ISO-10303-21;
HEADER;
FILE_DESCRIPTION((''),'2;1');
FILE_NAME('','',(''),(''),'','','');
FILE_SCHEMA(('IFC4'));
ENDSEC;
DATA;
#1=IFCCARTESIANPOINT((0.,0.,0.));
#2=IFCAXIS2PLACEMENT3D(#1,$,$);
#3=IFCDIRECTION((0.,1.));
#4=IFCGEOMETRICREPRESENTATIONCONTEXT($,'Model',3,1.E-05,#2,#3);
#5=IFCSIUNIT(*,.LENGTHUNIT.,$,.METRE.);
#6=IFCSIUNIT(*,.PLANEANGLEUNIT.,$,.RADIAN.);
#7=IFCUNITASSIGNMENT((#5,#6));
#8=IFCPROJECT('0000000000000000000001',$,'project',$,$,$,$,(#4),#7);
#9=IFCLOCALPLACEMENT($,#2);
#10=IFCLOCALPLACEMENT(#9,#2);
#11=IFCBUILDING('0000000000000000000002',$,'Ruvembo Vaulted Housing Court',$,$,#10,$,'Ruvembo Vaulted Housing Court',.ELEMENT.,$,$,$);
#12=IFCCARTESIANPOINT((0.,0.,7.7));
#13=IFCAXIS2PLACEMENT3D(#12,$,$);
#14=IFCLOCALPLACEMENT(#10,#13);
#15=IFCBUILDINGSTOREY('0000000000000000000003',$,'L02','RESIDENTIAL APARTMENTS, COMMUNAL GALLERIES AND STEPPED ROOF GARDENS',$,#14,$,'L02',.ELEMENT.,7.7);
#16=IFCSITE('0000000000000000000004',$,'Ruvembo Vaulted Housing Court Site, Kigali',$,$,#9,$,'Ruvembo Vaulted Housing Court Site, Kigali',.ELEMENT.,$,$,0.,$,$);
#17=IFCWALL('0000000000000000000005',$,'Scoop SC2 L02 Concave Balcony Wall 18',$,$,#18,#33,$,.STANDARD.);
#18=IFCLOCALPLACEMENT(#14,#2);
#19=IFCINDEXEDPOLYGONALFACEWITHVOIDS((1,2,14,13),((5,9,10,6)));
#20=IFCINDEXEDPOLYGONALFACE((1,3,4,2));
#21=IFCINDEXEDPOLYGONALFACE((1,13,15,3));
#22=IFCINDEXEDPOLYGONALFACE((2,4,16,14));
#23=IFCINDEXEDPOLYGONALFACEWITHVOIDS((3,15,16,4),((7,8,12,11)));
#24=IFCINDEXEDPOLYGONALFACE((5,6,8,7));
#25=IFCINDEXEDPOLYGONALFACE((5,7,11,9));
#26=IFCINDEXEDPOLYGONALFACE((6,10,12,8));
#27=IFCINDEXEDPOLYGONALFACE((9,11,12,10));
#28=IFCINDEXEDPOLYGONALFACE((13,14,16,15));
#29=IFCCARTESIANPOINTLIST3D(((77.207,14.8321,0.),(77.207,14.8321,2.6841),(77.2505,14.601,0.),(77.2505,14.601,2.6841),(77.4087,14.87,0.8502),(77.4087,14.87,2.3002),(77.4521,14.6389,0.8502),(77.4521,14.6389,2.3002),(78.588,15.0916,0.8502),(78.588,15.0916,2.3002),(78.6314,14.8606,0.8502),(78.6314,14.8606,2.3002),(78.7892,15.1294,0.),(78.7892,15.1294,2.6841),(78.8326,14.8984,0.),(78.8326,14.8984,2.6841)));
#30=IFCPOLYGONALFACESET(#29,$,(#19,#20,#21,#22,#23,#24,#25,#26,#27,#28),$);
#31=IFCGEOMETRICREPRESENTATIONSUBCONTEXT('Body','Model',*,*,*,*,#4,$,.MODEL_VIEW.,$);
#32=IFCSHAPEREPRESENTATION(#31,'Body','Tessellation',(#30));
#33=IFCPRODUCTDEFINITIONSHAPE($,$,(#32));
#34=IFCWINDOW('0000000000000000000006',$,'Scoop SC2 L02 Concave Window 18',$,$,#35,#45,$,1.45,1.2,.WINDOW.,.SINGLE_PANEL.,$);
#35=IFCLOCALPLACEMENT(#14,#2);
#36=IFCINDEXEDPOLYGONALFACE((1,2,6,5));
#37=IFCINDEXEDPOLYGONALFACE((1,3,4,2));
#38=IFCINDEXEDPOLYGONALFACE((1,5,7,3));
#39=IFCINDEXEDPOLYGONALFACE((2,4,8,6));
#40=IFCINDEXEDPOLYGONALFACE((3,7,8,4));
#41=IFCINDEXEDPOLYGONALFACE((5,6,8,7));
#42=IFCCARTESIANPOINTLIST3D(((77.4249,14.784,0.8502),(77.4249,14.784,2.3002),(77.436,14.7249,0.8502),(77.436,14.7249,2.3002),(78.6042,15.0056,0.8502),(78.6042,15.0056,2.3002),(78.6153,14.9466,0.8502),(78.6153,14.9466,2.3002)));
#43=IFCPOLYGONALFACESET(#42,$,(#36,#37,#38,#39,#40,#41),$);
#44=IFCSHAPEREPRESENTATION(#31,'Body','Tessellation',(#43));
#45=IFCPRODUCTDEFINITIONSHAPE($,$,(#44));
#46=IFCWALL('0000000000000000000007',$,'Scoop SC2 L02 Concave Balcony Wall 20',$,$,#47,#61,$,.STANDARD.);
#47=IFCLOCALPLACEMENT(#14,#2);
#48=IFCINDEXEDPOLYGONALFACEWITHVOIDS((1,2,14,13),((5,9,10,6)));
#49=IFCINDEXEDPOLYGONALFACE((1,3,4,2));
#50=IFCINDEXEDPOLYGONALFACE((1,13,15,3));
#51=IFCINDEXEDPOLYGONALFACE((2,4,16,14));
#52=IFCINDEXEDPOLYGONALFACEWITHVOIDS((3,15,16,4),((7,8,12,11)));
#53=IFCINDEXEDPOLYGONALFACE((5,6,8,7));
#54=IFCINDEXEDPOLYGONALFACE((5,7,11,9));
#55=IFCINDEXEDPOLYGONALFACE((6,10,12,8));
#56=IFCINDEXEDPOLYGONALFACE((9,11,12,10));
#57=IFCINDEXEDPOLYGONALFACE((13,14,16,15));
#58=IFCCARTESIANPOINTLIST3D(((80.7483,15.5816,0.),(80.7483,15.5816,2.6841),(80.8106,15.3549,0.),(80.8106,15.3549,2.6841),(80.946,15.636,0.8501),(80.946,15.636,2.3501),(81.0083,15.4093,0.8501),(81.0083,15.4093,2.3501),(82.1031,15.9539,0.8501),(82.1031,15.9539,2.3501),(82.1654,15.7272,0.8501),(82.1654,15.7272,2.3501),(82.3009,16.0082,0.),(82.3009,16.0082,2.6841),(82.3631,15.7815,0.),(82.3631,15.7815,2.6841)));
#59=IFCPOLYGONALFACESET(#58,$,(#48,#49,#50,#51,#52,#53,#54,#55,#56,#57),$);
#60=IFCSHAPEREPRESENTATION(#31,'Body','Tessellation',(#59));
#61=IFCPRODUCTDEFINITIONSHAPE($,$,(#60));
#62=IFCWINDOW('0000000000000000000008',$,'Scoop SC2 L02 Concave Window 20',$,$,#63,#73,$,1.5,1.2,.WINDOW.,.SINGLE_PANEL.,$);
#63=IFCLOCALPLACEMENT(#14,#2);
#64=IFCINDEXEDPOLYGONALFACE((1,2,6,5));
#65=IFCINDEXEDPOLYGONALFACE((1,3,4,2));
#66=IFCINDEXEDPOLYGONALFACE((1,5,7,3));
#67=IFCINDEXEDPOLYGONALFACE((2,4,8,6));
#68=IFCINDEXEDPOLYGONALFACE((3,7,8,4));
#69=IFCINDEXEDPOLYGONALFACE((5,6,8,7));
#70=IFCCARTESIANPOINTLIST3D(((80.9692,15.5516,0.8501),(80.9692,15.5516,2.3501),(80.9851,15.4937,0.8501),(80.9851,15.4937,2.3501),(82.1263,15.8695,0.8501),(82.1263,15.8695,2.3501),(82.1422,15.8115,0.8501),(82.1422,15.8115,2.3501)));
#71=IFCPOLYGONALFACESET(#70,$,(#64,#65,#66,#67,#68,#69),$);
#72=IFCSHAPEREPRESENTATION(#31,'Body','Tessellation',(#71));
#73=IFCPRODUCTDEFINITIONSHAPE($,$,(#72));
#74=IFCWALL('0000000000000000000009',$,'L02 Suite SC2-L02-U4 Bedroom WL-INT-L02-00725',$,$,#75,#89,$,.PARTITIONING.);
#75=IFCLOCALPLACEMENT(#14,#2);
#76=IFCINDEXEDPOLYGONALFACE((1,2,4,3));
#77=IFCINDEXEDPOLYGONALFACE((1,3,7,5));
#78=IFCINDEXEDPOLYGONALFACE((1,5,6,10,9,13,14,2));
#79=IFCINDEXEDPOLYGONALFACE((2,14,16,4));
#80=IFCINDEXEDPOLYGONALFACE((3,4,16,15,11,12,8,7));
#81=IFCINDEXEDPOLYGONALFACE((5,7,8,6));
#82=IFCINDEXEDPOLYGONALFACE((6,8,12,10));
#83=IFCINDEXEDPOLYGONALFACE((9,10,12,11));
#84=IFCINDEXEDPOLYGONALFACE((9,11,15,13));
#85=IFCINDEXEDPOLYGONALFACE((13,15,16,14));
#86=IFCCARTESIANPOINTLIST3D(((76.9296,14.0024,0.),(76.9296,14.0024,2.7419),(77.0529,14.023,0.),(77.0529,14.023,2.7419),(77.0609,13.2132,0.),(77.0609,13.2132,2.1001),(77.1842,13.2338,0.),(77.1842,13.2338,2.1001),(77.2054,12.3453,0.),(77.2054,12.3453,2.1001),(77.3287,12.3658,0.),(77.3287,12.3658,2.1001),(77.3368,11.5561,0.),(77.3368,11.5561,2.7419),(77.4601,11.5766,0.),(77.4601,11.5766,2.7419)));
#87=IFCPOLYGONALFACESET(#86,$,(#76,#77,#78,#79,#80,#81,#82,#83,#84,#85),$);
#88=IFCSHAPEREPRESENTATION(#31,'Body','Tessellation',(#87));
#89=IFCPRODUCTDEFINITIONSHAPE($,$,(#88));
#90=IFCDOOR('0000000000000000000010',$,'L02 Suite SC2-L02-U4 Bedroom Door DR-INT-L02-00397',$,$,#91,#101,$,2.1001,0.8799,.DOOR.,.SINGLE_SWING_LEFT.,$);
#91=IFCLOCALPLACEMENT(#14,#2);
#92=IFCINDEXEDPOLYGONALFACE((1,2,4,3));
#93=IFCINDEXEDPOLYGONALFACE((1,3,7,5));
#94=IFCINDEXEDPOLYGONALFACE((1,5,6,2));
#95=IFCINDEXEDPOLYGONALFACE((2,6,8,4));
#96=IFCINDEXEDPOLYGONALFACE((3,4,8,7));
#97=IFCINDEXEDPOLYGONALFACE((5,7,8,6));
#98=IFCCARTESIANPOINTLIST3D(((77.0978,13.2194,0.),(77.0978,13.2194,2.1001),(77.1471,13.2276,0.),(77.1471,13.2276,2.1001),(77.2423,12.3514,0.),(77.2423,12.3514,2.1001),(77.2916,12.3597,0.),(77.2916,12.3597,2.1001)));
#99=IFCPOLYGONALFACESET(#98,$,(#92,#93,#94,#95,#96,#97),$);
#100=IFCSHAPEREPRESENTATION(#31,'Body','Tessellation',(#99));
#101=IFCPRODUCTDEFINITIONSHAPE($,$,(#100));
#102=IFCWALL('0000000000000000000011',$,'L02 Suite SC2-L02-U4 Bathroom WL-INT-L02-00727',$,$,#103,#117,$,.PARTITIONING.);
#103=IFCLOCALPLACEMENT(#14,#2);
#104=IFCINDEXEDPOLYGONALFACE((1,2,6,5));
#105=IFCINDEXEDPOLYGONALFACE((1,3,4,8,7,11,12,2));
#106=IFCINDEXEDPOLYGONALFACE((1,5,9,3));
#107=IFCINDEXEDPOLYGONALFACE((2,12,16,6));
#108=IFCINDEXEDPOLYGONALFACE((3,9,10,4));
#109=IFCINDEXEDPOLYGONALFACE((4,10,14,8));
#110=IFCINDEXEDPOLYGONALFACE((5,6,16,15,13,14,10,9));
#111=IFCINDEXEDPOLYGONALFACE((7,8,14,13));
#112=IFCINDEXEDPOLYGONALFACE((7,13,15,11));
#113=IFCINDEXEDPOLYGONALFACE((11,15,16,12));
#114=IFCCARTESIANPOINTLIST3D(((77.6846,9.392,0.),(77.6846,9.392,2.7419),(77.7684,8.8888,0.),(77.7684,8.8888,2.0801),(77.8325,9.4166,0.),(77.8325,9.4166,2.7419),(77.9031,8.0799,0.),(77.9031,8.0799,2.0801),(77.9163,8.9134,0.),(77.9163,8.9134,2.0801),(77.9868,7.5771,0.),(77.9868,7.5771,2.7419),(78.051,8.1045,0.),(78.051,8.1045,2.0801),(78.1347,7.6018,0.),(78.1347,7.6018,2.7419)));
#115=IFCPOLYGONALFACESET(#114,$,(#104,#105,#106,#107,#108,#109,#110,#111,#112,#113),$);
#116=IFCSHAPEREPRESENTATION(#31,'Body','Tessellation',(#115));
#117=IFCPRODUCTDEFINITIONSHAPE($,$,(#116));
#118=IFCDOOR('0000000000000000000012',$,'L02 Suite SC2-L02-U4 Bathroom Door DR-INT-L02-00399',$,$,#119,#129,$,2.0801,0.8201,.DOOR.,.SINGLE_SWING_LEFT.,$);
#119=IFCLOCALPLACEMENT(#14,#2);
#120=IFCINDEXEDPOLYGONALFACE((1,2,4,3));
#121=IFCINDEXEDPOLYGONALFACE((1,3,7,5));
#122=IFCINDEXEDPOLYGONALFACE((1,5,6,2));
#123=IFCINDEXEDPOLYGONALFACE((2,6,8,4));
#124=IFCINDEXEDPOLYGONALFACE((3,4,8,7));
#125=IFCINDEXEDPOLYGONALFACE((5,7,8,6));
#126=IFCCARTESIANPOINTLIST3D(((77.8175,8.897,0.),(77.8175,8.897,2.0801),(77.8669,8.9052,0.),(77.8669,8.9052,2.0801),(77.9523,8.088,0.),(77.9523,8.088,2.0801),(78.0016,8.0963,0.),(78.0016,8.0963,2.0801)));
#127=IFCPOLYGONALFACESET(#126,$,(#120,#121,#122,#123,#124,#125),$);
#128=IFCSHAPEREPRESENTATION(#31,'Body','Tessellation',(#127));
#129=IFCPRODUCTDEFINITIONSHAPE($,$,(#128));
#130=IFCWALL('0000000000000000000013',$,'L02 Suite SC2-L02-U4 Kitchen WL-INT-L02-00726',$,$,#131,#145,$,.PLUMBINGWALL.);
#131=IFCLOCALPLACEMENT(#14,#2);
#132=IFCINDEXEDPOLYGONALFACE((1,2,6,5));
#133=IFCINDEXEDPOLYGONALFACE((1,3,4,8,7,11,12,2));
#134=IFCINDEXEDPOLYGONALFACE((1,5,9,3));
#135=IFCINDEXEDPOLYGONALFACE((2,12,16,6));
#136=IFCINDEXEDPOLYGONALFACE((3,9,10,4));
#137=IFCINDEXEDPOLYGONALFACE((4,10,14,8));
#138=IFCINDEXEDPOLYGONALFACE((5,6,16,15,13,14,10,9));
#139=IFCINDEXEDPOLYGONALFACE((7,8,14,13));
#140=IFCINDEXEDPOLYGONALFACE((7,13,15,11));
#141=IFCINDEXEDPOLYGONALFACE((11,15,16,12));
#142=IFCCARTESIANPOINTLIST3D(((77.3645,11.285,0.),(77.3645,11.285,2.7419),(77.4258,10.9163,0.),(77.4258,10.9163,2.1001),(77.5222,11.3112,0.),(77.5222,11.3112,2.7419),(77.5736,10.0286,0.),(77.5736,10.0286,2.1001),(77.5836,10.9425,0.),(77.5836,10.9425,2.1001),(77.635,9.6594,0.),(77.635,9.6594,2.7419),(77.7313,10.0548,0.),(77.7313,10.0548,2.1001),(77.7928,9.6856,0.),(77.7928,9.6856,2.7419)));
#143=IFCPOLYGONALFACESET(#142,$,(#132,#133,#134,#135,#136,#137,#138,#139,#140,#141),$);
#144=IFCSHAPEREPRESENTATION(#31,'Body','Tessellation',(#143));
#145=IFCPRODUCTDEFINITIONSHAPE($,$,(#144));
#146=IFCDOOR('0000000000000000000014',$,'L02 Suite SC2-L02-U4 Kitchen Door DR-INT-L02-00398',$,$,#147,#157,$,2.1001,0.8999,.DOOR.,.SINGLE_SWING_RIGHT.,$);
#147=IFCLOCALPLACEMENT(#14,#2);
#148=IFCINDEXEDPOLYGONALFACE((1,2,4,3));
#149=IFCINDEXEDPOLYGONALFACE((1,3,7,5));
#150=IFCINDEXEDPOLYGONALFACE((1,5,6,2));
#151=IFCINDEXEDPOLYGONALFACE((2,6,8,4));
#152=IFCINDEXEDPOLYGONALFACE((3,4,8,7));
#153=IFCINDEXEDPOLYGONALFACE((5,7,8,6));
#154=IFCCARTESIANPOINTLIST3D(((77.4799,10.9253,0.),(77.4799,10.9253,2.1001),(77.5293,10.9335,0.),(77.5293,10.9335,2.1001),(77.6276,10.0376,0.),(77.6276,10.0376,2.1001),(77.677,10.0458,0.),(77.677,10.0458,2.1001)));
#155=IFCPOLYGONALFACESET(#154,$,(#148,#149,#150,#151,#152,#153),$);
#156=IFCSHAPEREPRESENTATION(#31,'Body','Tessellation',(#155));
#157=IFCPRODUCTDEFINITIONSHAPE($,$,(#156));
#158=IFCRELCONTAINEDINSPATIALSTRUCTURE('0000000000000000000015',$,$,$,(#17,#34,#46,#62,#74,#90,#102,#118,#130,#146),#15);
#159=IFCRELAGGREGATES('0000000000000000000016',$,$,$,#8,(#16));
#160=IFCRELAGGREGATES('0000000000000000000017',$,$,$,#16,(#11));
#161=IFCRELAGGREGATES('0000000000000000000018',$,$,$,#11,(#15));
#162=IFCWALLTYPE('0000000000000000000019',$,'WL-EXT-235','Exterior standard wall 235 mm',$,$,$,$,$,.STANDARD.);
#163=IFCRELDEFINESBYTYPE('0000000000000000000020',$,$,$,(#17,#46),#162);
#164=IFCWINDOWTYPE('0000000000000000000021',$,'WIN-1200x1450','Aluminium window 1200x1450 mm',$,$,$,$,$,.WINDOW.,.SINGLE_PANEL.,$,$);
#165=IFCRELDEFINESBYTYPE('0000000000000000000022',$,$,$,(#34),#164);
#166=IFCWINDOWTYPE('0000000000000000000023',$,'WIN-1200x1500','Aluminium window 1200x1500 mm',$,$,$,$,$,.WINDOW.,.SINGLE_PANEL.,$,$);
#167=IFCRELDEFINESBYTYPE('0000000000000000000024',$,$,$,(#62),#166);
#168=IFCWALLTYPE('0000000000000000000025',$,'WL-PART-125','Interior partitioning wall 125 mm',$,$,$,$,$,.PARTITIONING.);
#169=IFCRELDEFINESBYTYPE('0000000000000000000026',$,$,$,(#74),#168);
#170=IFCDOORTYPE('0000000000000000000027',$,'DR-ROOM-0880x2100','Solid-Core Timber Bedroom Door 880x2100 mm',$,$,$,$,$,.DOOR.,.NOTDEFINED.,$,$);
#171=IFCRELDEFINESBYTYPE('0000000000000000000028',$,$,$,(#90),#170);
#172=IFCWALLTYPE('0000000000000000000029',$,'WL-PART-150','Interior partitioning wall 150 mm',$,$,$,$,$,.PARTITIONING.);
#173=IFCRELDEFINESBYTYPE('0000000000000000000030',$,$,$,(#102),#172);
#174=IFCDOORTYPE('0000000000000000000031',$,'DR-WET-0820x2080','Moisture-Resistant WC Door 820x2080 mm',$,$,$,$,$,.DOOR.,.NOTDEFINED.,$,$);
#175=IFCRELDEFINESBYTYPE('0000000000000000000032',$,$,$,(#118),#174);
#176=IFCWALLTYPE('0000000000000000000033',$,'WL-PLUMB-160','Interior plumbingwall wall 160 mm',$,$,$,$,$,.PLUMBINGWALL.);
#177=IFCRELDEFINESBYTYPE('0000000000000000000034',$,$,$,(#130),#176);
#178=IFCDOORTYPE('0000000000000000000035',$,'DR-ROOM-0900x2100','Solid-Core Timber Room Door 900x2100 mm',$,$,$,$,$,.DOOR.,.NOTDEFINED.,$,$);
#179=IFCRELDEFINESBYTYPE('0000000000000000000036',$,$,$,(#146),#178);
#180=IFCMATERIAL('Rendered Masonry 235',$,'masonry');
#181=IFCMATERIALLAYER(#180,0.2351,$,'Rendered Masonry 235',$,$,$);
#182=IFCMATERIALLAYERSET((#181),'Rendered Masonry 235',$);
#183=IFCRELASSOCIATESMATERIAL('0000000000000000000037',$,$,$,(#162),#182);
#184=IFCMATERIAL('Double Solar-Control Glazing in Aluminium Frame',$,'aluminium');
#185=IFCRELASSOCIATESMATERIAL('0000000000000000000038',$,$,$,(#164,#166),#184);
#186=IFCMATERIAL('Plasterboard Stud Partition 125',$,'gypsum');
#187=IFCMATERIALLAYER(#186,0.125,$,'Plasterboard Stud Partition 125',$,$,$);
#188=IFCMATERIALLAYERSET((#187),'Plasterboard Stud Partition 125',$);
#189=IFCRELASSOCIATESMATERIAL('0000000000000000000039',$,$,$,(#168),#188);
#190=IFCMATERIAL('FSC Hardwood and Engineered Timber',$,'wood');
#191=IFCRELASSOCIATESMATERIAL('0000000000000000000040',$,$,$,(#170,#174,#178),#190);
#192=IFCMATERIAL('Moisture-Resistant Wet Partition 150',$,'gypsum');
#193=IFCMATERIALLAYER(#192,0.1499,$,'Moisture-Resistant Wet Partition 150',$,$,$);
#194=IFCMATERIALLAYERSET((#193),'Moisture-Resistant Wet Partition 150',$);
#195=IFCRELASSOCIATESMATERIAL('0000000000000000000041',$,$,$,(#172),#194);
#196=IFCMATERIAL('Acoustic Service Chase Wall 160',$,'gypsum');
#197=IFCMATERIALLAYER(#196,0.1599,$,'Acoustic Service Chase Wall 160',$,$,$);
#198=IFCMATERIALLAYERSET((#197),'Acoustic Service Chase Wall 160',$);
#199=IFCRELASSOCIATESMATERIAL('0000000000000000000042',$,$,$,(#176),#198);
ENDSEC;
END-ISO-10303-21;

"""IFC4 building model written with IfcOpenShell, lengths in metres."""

from ifc_helpers import new_model, si_unit, direction, frame, frame_2d, origin, place, context, subcontext, project, spatial, rectangle, extrude, material, layer, layer_set, type_object, element, fill, save


model = new_model("IFC4")

# Units and contexts
model_context = context("Model", 3, precision=1e-05, world=origin(), true_north=direction((0.0, 1.0)))
body_context = subcontext(model_context, "Body", "Model", "MODEL_VIEW")
ifc_project = project(units=[si_unit("LENGTHUNIT", "METRE"), si_unit("PLANEANGLEUNIT", "RADIAN")], contexts=[model_context])

# Site, building, storey
site_placement = place(None, origin())
site = spatial("IfcSite", under=ifc_project, at=site_placement, Name="Ruvembo Vaulted Housing Court Site, Kigali", LongName="Ruvembo Vaulted Housing Court Site, Kigali", CompositionType="ELEMENT", RefElevation=0.0)
building_placement = place(site_placement, origin())
building = spatial("IfcBuilding", under=site, at=building_placement, Name="Ruvembo Vaulted Housing Court", LongName="Ruvembo Vaulted Housing Court", CompositionType="ELEMENT")
storey_placement = place(building_placement, frame((0.0, 0.0, 7.7)))
storey = spatial("IfcBuildingStorey", under=building, at=storey_placement, Name="L02", Description="RESIDENTIAL APARTMENTS, COMMUNAL GALLERIES AND STEPPED ROOF GARDENS", LongName="L02", CompositionType="ELEMENT", Elevation=7.7)

# Shared definitions
ifc_material_1 = material(Name="FSC Hardwood and Engineered Timber", Category="wood")

# Wall, opening, window
ifc_material_2 = material(Name="Rendered Masonry 235", Category="masonry")
ifc_layer_1 = layer(ifc_material_2, 0.2351, Name="Rendered Masonry 235")
ifc_layer_set_1 = layer_set([ifc_layer_1], Name="Rendered Masonry 235")
wall_type_1 = type_object("IfcWallType", Name="WL-EXT-235", Description="Exterior standard wall 235 mm", PredefinedType="STANDARD", material=ifc_layer_set_1)
ifc_material_3 = material(Name="Double Solar-Control Glazing in Aluminium Frame", Category="aluminium")
wall_1_placement = place(storey_placement, frame((77.2288, 14.7166, 0.0), z_axis=(0.0, 0.0, 1.0), x_axis=(0.982795, 0.184701, 0.0)))
wall_1 = element("IfcWall", 1, at=wall_1_placement, inside=storey, type_object=wall_type_1, Name="Scoop SC2 L02 Concave Balcony Wall 18", PredefinedType="STANDARD", context=body_context, shape_type="SweptSolid", body=[
    extrude(rectangle(XDim=1.6099, YDim=0.2351, at=frame_2d((0.8049, 0.0))), origin(), (0.0, 0.0, 1.0), 2.6841),
])
opening_1_placement = place(wall_1_placement, frame((0.2051, 0.0, 0.8501)))
opening_1 = element("IfcOpeningElement", 2, at=opening_1_placement, cuts=wall_1, PredefinedType="OPENING", context=body_context, shape_type="SweptSolid", body=[
    extrude(rectangle(XDim=1.2, YDim=1.45, at=frame_2d((0.6001, 0.7251))), frame((0.0, 0.1274, 0.0), z_axis=(0.0, -1.0, 0.0), x_axis=(1.0, 0.0, 0.0)), (0.0, 0.0, 1.0), 0.2551),
])
window_type_1 = type_object("IfcWindowType", Name="WIN-1200x1450", Description="Aluminium window 1200x1450 mm", PartitioningType="SINGLE_PANEL", PredefinedType="WINDOW", material=ifc_material_3)
window_1_placement = place(opening_1_placement, origin())
window_1 = element("IfcWindow", 3, at=window_1_placement, inside=storey, type_object=window_type_1, Name="Scoop SC2 L02 Concave Window 18", OverallHeight=1.45, OverallWidth=1.2, PartitioningType="SINGLE_PANEL", PredefinedType="WINDOW", context=body_context, shape_type="SweptSolid", body=[
    extrude(rectangle(XDim=1.2, YDim=1.45, at=frame_2d((0.6001, 0.7251))), frame((0.0, 0.03, 0.0), z_axis=(0.0, -1.0, 0.0), x_axis=(1.0, 0.0, 0.0)), (0.0, 0.0, 1.0), 0.0601),
])
fill(opening_1, window_1)

# Wall, opening, window
wall_2_placement = place(storey_placement, frame((80.7793, 15.4683, 0.0), z_axis=(0.0, 0.0, 1.0), x_axis=(0.964272, 0.264913, 0.0)))
wall_2 = element("IfcWall", 4, at=wall_2_placement, inside=storey, type_object=wall_type_1, Name="Scoop SC2 L02 Concave Balcony Wall 20", PredefinedType="STANDARD", context=body_context, shape_type="SweptSolid", body=[
    extrude(rectangle(XDim=1.6101, YDim=0.2351, at=frame_2d((0.8052, 0.0))), origin(), (0.0, 0.0, 1.0), 2.6841),
])
opening_2_placement = place(wall_2_placement, frame((0.2051, 0.0, 0.8501)))
opening_2 = element("IfcOpeningElement", 5, at=opening_2_placement, cuts=wall_2, PredefinedType="OPENING", context=body_context, shape_type="SweptSolid", body=[
    extrude(rectangle(XDim=1.2, YDim=1.5, at=frame_2d((0.6001, 0.75))), frame((0.0, 0.1274, 0.0), z_axis=(0.0, -1.0, 0.0), x_axis=(1.0, 0.0, 0.0)), (0.0, 0.0, 1.0), 0.2551),
])
window_type_2 = type_object("IfcWindowType", Name="WIN-1200x1500", Description="Aluminium window 1200x1500 mm", PartitioningType="SINGLE_PANEL", PredefinedType="WINDOW", material=ifc_material_3)
window_2_placement = place(opening_2_placement, origin())
window_2 = element("IfcWindow", 6, at=window_2_placement, inside=storey, type_object=window_type_2, Name="Scoop SC2 L02 Concave Window 20", OverallHeight=1.5, OverallWidth=1.2, PartitioningType="SINGLE_PANEL", PredefinedType="WINDOW", context=body_context, shape_type="SweptSolid", body=[
    extrude(rectangle(XDim=1.2, YDim=1.5, at=frame_2d((0.6001, 0.75))), frame((0.0, 0.03, 0.0), z_axis=(0.0, -1.0, 0.0), x_axis=(1.0, 0.0, 0.0)), (0.0, 0.0, 1.0), 0.0601),
])
fill(opening_2, window_2)

# Walls, openings, doors
ifc_material_4 = material(Name="Plasterboard Stud Partition 125", Category="gypsum")
ifc_layer_2 = layer(ifc_material_4, 0.125, Name="Plasterboard Stud Partition 125")
ifc_layer_set_2 = layer_set([ifc_layer_2], Name="Plasterboard Stud Partition 125")
wall_type_2 = type_object("IfcWallType", Name="WL-PART-125", Description="Interior partitioning wall 125 mm", PredefinedType="PARTITIONING", material=ifc_layer_set_2)
wall_3_placement = place(storey_placement, frame((76.9912, 14.0127, 0.0), z_axis=(0.0, 0.0, 1.0), x_axis=(0.164207, -0.986426, 0.0)))
wall_3 = element("IfcWall", 7, at=wall_3_placement, inside=storey, type_object=wall_type_2, Name="L02 Suite SC2-L02-U4 Bedroom WL-INT-L02-00725", PredefinedType="PARTITIONING", context=body_context, shape_type="SweptSolid", body=[
    extrude(rectangle(XDim=2.48, YDim=0.125, at=frame_2d((1.24, 0.0))), origin(), (0.0, 0.0, 1.0), 2.7419),
])
opening_3_placement = place(wall_3_placement, frame((0.8, 0.0, 0.0)))
opening_3 = element("IfcOpeningElement", 8, at=opening_3_placement, cuts=wall_3, PredefinedType="OPENING", context=body_context, shape_type="SweptSolid", body=[
    extrude(rectangle(XDim=0.8799, YDim=2.1001, at=frame_2d((0.4399, 1.05))), frame((0.0, 0.0725, 0.0), z_axis=(0.0, -1.0, 0.0), x_axis=(1.0, 0.0, 0.0)), (0.0, 0.0, 1.0), 0.145),
])
door_type_1 = type_object("IfcDoorType", Name="DR-ROOM-0880x2100", Description="Solid-Core Timber Bedroom Door 880x2100 mm", OperationType="NOTDEFINED", PredefinedType="DOOR", material=ifc_material_1)
door_1_placement = place(opening_3_placement, origin())
door_1 = element("IfcDoor", 9, at=door_1_placement, inside=storey, type_object=door_type_1, Name="L02 Suite SC2-L02-U4 Bedroom Door DR-INT-L02-00397", OperationType="SINGLE_SWING_LEFT", OverallHeight=2.1001, OverallWidth=0.8799, PredefinedType="DOOR", context=body_context, shape_type="SweptSolid", body=[
    extrude(rectangle(XDim=0.8799, YDim=2.1001, at=frame_2d((0.4399, 1.05))), frame((0.0, 0.0249, 0.0), z_axis=(0.0, -1.0, 0.0), x_axis=(1.0, 0.0, 0.0)), (0.0, 0.0, 1.0), 0.05),
])
fill(opening_3, door_1)
ifc_material_5 = material(Name="Moisture-Resistant Wet Partition 150", Category="gypsum")
ifc_layer_3 = layer(ifc_material_5, 0.1499, Name="Moisture-Resistant Wet Partition 150")
ifc_layer_set_3 = layer_set([ifc_layer_3], Name="Moisture-Resistant Wet Partition 150")
wall_type_3 = type_object("IfcWallType", Name="WL-PART-150", Description="Interior partitioning wall 150 mm", PredefinedType="PARTITIONING", material=ifc_layer_set_3)
wall_4_placement = place(storey_placement, frame((77.7585, 9.4043, 0.0), z_axis=(0.0, 0.0, 1.0), x_axis=(0.16427, -0.986415, 0.0)))
wall_4 = element("IfcWall", 10, at=wall_4_placement, inside=storey, type_object=wall_type_3, Name="L02 Suite SC2-L02-U4 Bathroom WL-INT-L02-00727", PredefinedType="PARTITIONING", context=body_context, shape_type="SweptSolid", body=[
    extrude(rectangle(XDim=1.8398, YDim=0.1499, at=frame_2d((0.9199, 0.0))), origin(), (0.0, 0.0, 1.0), 2.7419),
])
opening_4_placement = place(wall_4_placement, frame((0.51, 0.0, 0.0)))
opening_4 = element("IfcOpeningElement", 11, at=opening_4_placement, cuts=wall_4, PredefinedType="OPENING", context=body_context, shape_type="SweptSolid", body=[
    extrude(rectangle(XDim=0.8201, YDim=2.0801, at=frame_2d((0.4102, 1.04))), frame((0.0, 0.085, 0.0), z_axis=(0.0, -1.0, 0.0), x_axis=(1.0, 0.0, 0.0)), (0.0, 0.0, 1.0), 0.1699),
])
door_type_2 = type_object("IfcDoorType", Name="DR-WET-0820x2080", Description="Moisture-Resistant WC Door 820x2080 mm", OperationType="NOTDEFINED", PredefinedType="DOOR", material=ifc_material_1)
door_2_placement = place(opening_4_placement, origin())
door_2 = element("IfcDoor", 12, at=door_2_placement, inside=storey, type_object=door_type_2, Name="L02 Suite SC2-L02-U4 Bathroom Door DR-INT-L02-00399", OperationType="SINGLE_SWING_LEFT", OverallHeight=2.0801, OverallWidth=0.8201, PredefinedType="DOOR", context=body_context, shape_type="SweptSolid", body=[
    extrude(rectangle(XDim=0.8201, YDim=2.0801, at=frame_2d((0.4102, 1.04))), frame((0.0, 0.0249, 0.0), z_axis=(0.0, -1.0, 0.0), x_axis=(1.0, 0.0, 0.0)), (0.0, 0.0, 1.0), 0.05),
])
fill(opening_4, door_2)
ifc_material_6 = material(Name="Acoustic Service Chase Wall 160", Category="gypsum")
ifc_layer_4 = layer(ifc_material_6, 0.1599, Name="Acoustic Service Chase Wall 160")
ifc_layer_set_4 = layer_set([ifc_layer_4], Name="Acoustic Service Chase Wall 160")
wall_type_4 = type_object("IfcWallType", Name="WL-PLUMB-160", Description="Interior plumbingwall wall 160 mm", PredefinedType="PLUMBINGWALL", material=ifc_layer_set_4)
wall_5_placement = place(storey_placement, frame((77.4434, 11.2981, 0.0), z_axis=(0.0, 0.0, 1.0), x_axis=(0.164159, -0.986434, 0.0)))
wall_5 = element("IfcWall", 13, at=wall_5_placement, inside=storey, type_object=wall_type_4, Name="L02 Suite SC2-L02-U4 Kitchen WL-INT-L02-00726", PredefinedType="PLUMBINGWALL", context=body_context, shape_type="SweptSolid", body=[
    extrude(rectangle(XDim=1.6479, YDim=0.1599, at=frame_2d((0.824, 0.0))), origin(), (0.0, 0.0, 1.0), 2.7419),
])
opening_5_placement = place(wall_5_placement, frame((0.3738, 0.0, 0.0)))
opening_5 = element("IfcOpeningElement", 14, at=opening_5_placement, cuts=wall_5, PredefinedType="OPENING", context=body_context, shape_type="SweptSolid", body=[
    extrude(rectangle(XDim=0.8999, YDim=2.1001, at=frame_2d((0.45, 1.05))), frame((0.0, 0.0898, 0.0), z_axis=(0.0, -1.0, 0.0), x_axis=(1.0, 0.0, 0.0)), (0.0, 0.0, 1.0), 0.1799),
])
door_type_3 = type_object("IfcDoorType", Name="DR-ROOM-0900x2100", Description="Solid-Core Timber Room Door 900x2100 mm", OperationType="NOTDEFINED", PredefinedType="DOOR", material=ifc_material_1)
door_3_placement = place(opening_5_placement, origin())
door_3 = element("IfcDoor", 15, at=door_3_placement, inside=storey, type_object=door_type_3, Name="L02 Suite SC2-L02-U4 Kitchen Door DR-INT-L02-00398", OperationType="SINGLE_SWING_RIGHT", OverallHeight=2.1001, OverallWidth=0.8999, PredefinedType="DOOR", context=body_context, shape_type="SweptSolid", body=[
    extrude(rectangle(XDim=0.8999, YDim=2.1001, at=frame_2d((0.45, 1.05))), frame((0.0, 0.0249, 0.0), z_axis=(0.0, -1.0, 0.0), x_axis=(1.0, 0.0, 0.0)), (0.0, 0.0, 1.0), 0.05),
])
fill(opening_5, door_3)

save(model, "model.ifc")
